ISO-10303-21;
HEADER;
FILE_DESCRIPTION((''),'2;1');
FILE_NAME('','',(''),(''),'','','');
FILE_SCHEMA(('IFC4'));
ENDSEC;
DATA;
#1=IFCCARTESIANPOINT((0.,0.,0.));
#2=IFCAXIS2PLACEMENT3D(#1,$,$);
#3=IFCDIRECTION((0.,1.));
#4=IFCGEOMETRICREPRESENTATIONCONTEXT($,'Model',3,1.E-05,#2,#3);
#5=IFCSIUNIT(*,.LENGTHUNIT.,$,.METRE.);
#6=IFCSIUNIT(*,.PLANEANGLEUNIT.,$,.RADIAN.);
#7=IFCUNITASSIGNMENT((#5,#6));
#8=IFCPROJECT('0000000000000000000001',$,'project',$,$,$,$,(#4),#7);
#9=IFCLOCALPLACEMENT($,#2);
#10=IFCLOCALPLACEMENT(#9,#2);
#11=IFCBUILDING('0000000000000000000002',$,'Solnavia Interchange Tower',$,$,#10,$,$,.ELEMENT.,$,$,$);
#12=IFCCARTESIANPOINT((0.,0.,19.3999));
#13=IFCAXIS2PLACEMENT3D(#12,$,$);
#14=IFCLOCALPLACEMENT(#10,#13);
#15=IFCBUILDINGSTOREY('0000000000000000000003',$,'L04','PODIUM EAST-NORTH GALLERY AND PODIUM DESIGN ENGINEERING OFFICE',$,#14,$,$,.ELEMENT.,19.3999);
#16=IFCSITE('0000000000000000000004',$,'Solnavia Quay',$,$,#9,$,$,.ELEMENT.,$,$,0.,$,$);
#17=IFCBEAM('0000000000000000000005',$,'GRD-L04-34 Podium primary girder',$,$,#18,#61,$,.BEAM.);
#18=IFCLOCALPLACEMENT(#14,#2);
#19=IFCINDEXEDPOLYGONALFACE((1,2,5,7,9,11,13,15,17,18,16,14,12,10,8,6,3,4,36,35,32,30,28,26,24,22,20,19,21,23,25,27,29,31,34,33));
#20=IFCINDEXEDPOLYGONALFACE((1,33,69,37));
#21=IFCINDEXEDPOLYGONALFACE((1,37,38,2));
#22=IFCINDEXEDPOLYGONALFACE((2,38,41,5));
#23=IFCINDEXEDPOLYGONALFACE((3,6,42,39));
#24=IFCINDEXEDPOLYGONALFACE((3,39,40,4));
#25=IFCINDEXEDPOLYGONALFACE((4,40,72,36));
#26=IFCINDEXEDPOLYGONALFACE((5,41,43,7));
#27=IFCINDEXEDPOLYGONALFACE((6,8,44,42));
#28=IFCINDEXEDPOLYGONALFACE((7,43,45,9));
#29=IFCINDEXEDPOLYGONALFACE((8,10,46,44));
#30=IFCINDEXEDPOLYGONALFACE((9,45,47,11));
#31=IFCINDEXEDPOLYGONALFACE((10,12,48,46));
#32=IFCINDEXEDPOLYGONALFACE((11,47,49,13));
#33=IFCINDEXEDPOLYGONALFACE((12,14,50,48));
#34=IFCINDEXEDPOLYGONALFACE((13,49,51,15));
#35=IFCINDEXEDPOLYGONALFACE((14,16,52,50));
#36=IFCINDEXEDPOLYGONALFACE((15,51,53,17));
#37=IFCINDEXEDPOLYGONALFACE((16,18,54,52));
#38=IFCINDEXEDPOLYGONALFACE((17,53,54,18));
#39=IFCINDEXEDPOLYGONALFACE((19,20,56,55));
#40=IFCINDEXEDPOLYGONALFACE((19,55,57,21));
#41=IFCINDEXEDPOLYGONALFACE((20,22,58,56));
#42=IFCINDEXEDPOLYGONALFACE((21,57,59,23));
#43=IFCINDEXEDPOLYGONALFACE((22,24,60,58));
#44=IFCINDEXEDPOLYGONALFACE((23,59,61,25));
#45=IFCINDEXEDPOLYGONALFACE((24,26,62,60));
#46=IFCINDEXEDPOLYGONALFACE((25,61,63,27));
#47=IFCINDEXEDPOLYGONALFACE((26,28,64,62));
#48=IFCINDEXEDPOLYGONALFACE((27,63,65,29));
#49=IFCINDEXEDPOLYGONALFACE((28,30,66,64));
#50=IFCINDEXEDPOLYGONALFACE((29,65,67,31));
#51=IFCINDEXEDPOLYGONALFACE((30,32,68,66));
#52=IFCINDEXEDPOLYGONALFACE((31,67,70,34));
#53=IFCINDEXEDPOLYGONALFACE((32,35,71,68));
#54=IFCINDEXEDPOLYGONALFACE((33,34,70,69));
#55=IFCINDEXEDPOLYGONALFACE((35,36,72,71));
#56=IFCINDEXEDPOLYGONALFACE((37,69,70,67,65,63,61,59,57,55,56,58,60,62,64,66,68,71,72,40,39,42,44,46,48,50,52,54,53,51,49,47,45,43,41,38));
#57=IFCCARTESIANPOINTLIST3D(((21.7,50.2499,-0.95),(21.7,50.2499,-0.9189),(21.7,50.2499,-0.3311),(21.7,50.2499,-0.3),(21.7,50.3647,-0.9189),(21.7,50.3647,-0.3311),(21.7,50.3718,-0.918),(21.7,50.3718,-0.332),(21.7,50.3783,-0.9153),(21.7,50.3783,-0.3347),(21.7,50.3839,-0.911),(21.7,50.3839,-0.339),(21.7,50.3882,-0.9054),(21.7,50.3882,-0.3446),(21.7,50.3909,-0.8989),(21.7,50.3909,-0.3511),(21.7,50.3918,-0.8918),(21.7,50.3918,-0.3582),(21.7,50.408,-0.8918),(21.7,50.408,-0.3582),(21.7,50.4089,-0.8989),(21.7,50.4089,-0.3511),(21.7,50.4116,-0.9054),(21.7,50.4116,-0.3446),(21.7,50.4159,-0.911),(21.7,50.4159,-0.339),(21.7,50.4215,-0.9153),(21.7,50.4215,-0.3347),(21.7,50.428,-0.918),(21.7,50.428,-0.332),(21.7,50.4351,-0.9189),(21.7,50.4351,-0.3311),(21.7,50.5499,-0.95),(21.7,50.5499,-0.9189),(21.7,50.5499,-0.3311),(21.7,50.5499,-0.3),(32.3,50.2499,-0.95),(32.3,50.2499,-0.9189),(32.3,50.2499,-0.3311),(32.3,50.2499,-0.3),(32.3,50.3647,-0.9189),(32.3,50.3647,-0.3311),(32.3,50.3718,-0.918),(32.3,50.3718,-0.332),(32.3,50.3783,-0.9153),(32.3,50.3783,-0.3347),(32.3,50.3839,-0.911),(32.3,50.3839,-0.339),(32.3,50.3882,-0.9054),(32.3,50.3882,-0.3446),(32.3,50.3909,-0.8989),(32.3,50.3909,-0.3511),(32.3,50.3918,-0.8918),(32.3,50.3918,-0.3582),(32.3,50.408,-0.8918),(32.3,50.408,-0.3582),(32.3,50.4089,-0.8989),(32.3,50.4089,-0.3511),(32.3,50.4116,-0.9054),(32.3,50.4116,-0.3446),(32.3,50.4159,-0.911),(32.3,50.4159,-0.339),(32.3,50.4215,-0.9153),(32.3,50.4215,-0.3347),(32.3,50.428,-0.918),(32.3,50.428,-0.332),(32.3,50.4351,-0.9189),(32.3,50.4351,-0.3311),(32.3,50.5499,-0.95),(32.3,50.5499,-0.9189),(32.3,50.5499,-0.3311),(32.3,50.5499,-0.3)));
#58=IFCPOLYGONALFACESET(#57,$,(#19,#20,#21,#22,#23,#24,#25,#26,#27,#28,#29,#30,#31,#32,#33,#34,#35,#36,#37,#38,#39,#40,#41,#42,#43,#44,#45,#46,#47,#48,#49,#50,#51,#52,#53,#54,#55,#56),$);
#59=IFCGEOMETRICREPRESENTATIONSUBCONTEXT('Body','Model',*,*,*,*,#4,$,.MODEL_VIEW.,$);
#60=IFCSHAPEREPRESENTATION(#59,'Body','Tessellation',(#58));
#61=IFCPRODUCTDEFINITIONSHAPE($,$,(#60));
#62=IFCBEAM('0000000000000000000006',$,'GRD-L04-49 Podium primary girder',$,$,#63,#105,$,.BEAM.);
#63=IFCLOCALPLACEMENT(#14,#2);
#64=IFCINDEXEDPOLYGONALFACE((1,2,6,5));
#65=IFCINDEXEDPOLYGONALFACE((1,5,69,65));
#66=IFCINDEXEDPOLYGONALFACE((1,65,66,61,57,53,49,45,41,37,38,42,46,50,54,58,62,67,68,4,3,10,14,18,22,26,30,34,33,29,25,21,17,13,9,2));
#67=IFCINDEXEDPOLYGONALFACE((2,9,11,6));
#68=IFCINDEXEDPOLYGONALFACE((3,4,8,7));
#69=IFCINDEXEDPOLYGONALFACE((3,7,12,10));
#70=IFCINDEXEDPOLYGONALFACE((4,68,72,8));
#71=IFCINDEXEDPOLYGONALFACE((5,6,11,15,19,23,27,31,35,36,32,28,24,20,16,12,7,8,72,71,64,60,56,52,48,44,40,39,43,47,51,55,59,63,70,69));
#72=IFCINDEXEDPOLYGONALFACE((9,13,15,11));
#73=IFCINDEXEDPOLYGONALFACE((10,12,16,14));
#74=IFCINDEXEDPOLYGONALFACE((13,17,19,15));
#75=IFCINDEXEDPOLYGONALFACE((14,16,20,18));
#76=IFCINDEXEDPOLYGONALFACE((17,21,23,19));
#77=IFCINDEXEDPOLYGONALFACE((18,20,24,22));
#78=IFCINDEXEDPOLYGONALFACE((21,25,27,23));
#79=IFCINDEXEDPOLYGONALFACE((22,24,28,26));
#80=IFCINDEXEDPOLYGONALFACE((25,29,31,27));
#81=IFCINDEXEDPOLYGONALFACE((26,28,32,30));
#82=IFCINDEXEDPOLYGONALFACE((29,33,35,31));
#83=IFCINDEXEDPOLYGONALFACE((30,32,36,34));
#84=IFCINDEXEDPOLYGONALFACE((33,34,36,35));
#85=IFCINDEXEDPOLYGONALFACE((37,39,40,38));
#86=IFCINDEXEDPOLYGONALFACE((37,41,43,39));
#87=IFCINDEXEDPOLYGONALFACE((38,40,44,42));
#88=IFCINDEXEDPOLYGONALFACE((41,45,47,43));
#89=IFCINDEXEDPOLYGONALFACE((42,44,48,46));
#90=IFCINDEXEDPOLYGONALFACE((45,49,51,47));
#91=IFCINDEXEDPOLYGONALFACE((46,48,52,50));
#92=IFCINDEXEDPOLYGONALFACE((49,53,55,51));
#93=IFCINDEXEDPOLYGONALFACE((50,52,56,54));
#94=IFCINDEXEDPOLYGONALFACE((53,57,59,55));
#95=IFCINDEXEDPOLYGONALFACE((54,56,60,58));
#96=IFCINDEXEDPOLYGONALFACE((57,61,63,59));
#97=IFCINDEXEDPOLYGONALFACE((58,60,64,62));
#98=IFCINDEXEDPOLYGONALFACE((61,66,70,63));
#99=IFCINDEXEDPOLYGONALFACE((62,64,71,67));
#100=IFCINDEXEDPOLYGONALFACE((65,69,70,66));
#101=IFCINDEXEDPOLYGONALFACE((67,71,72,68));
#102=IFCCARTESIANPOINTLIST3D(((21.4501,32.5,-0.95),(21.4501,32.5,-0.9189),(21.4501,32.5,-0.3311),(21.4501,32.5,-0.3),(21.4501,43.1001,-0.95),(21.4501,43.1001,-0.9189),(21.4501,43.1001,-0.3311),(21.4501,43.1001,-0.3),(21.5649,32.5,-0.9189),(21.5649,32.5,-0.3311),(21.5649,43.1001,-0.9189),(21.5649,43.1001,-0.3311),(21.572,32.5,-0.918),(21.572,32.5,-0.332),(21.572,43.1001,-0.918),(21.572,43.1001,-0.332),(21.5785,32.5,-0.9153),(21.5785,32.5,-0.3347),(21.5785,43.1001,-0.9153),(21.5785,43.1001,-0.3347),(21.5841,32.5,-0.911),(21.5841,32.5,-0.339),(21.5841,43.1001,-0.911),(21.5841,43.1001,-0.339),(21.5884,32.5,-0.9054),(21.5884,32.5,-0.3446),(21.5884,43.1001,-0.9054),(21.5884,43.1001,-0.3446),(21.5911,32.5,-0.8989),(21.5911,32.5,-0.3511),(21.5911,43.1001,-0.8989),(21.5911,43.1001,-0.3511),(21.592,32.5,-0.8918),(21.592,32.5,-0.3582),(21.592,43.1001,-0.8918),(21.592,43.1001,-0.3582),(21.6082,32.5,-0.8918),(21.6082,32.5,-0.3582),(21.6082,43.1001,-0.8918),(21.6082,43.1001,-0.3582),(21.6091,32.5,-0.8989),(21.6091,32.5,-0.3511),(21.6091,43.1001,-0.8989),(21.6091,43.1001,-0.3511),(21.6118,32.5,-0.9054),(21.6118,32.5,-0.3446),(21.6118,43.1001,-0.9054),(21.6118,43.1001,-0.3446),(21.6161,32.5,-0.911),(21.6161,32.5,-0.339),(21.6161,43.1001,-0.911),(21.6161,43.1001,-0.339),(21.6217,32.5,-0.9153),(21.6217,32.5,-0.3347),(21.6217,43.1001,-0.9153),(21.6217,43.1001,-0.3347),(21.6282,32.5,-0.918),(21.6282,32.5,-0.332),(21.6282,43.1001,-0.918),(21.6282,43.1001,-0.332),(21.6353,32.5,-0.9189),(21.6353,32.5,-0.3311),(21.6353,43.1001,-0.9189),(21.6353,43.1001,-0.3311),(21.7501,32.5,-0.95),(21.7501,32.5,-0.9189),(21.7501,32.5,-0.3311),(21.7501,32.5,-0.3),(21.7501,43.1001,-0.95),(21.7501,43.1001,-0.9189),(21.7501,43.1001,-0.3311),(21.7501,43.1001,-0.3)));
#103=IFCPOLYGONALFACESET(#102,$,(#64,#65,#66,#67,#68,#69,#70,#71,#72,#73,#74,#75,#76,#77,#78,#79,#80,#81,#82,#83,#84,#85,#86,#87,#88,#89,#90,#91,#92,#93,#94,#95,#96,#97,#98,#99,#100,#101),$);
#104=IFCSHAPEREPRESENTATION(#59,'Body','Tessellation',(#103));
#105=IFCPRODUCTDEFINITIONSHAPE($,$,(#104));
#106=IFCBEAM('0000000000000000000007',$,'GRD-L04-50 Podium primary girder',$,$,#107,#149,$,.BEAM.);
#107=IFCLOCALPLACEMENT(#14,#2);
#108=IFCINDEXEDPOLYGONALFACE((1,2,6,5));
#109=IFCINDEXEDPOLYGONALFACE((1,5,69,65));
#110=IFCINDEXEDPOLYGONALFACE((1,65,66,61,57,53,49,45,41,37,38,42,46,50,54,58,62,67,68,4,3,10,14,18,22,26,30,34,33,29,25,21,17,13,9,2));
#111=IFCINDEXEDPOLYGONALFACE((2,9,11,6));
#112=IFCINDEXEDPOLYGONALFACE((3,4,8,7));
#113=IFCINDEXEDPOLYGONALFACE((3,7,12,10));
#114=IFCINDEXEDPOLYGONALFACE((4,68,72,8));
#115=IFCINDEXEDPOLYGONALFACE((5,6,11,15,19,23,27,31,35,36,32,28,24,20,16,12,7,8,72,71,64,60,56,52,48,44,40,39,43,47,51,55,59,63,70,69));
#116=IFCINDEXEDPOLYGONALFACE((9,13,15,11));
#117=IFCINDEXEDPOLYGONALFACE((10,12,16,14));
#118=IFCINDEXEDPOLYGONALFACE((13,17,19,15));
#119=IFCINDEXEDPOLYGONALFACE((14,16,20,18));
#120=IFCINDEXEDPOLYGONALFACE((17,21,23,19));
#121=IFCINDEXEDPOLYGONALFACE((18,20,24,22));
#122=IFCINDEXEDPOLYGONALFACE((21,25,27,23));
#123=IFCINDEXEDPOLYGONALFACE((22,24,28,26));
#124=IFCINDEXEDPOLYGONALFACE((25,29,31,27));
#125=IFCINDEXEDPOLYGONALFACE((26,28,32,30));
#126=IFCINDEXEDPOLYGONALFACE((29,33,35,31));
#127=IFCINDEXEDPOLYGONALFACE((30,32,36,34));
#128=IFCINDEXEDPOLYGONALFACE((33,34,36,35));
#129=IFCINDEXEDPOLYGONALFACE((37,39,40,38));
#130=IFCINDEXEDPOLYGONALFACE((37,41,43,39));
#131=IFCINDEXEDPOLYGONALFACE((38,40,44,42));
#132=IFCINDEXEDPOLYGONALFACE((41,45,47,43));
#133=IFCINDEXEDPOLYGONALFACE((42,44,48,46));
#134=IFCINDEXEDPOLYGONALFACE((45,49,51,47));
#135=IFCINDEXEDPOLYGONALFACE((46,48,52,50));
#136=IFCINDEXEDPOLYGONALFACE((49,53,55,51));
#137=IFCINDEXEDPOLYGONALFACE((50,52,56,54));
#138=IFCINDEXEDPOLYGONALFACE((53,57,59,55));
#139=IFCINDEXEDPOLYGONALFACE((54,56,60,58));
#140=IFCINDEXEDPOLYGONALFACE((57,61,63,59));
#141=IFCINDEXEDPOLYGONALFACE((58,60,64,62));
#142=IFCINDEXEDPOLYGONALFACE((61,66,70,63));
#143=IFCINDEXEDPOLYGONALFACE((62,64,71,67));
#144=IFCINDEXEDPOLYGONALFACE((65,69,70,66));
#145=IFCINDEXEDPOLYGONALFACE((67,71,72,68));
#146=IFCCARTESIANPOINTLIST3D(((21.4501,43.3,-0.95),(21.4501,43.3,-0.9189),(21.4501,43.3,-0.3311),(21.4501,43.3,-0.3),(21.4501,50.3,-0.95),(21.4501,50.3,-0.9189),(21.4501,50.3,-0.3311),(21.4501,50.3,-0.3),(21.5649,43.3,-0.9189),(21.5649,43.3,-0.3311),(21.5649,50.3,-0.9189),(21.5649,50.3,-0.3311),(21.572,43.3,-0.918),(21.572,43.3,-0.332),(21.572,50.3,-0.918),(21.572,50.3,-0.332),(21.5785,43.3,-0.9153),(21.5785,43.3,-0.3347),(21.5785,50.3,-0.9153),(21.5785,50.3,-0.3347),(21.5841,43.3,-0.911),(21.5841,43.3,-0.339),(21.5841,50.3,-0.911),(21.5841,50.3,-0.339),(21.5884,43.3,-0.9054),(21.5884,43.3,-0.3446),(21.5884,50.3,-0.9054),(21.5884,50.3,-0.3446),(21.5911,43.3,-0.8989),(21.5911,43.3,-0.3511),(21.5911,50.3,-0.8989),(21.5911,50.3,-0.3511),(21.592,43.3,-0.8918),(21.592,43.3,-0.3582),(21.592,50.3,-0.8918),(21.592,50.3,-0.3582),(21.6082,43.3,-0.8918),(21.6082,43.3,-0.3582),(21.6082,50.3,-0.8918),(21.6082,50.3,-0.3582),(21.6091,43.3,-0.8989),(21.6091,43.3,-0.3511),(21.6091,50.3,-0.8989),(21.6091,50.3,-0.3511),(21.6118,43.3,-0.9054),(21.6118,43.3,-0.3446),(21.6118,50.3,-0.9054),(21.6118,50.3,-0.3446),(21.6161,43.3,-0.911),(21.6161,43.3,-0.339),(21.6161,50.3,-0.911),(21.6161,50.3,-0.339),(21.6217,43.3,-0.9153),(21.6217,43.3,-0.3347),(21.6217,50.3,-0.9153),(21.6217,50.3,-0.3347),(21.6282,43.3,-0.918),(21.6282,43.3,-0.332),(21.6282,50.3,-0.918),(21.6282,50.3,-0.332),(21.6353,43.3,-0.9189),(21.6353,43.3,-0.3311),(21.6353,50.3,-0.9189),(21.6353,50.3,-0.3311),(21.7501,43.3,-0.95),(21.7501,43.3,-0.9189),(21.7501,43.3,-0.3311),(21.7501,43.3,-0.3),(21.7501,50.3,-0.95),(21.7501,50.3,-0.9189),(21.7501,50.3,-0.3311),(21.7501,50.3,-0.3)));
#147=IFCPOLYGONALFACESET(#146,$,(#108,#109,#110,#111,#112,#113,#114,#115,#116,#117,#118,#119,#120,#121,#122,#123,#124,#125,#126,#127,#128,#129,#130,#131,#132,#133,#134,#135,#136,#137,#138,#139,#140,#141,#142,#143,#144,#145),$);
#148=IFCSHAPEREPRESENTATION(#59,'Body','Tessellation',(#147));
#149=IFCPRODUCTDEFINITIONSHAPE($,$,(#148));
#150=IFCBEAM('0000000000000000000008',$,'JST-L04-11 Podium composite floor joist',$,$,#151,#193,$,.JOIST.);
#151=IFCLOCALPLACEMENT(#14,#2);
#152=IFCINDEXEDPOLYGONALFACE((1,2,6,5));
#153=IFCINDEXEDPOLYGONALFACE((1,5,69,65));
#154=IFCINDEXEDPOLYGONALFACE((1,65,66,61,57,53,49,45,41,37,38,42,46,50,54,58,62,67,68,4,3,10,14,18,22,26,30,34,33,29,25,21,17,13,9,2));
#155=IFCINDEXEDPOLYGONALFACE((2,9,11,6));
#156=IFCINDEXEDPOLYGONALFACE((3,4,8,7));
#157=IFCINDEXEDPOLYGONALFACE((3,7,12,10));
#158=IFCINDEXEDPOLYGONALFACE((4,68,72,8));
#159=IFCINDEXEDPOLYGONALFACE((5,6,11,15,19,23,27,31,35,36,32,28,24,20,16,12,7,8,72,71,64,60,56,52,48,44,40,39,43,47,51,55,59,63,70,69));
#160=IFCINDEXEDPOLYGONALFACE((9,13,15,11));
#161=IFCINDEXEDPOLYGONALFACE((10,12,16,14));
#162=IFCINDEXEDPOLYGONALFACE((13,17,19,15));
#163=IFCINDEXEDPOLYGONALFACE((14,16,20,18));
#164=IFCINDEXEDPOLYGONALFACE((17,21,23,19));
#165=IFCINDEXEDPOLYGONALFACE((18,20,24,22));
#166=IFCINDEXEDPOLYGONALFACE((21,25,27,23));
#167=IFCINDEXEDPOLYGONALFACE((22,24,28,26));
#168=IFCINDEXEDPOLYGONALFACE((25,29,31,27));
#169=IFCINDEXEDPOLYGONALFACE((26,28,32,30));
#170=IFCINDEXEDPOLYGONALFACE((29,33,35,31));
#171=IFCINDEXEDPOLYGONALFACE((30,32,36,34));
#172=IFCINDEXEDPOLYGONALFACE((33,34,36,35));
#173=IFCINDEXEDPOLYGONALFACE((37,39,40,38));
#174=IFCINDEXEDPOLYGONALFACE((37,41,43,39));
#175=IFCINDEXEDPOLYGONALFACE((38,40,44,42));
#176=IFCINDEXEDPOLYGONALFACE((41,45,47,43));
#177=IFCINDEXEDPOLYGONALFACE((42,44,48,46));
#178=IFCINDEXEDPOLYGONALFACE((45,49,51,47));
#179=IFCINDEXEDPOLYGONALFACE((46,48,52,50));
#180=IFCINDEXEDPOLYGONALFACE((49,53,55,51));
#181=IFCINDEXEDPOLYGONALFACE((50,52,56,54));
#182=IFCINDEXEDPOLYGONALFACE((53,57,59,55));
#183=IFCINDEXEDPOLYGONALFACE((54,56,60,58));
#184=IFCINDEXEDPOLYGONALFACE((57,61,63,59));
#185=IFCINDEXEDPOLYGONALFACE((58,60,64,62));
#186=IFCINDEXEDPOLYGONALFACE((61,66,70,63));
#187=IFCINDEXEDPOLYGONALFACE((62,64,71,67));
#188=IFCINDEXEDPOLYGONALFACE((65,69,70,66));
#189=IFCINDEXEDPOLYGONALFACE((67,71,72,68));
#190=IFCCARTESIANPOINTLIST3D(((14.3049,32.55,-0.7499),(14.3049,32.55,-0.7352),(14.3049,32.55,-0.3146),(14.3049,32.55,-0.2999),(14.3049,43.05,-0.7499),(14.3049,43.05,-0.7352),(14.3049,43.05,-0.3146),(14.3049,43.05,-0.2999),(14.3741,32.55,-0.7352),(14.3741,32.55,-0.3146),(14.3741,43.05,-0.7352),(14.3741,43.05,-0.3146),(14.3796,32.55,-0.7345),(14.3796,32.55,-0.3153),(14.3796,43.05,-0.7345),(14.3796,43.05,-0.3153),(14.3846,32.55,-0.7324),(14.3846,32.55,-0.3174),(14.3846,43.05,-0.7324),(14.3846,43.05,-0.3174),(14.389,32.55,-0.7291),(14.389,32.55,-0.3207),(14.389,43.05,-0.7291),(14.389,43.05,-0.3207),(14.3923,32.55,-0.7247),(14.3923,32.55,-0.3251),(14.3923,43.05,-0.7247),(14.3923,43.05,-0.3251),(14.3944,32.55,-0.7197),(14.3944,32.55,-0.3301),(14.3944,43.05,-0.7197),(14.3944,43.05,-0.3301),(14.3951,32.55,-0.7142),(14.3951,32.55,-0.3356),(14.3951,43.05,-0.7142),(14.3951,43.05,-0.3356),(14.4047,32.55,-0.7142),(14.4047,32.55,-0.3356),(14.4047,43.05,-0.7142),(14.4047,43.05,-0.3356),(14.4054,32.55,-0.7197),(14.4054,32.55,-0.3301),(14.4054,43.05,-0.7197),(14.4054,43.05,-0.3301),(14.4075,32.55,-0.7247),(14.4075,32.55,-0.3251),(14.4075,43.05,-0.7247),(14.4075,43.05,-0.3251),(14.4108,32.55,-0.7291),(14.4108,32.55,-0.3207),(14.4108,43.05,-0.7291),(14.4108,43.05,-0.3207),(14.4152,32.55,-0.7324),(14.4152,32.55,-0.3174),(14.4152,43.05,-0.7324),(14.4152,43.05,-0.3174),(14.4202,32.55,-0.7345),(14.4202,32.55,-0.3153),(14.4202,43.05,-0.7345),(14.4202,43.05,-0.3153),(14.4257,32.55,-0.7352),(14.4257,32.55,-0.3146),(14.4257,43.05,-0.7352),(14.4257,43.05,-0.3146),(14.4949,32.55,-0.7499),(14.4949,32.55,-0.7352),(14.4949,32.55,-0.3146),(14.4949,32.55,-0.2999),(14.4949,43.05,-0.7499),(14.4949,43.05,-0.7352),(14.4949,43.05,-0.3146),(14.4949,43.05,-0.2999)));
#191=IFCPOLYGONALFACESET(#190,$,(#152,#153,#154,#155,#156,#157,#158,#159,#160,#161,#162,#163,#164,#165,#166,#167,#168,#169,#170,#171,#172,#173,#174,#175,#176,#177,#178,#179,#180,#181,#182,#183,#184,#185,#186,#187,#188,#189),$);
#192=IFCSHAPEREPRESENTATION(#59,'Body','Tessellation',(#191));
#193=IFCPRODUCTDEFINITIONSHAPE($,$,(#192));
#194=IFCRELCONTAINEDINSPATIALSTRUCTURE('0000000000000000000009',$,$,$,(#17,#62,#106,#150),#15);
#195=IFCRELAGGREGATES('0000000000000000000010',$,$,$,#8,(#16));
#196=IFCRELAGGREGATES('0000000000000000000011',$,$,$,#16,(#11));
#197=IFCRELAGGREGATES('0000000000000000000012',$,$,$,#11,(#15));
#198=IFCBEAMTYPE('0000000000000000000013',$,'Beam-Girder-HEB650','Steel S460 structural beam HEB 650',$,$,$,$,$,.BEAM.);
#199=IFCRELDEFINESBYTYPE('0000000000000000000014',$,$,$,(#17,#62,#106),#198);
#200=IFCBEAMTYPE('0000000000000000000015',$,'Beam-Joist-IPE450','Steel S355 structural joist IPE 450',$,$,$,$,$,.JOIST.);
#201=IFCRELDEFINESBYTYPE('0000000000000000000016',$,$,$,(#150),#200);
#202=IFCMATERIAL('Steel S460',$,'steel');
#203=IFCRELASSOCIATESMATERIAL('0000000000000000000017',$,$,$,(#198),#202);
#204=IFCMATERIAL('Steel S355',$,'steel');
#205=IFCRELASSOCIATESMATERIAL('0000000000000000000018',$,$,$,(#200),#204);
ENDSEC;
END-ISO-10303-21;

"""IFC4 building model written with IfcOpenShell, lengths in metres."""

from ifc_helpers import new_model, si_unit, direction, frame, origin, origin_2d, place, context, subcontext, project, spatial, i_section, extrude, material, material_profile, profile_set, type_object, element, save


model = new_model("IFC4")

# Units and contexts
model_context = context("Model", 3, precision=1e-05, world=origin(), true_north=direction((0.0, 1.0)))
body_context = subcontext(model_context, "Body", "Model", "MODEL_VIEW")
ifc_project = project(units=[si_unit("LENGTHUNIT", "METRE"), si_unit("PLANEANGLEUNIT", "RADIAN")], contexts=[model_context])

# Site, building, storey
site_placement = place(None, origin())
site = spatial("IfcSite", under=ifc_project, at=site_placement, Name="Solnavia Quay", CompositionType="ELEMENT", RefElevation=0.0)
building_placement = place(site_placement, origin())
building = spatial("IfcBuilding", under=site, at=building_placement, Name="Solnavia Interchange Tower", CompositionType="ELEMENT")
storey_placement = place(building_placement, frame((0.0, 0.0, 19.3999)))
storey = spatial("IfcBuildingStorey", under=building, at=storey_placement, Name="L04", Description="PODIUM EAST-NORTH GALLERY AND PODIUM DESIGN ENGINEERING OFFICE", CompositionType="ELEMENT", Elevation=19.3999)

# Beams
ifc_material_1 = material(Name="Steel S460", Category="steel")
ifc_material_profile_1 = material_profile(ifc_material_1, i_section(OverallWidth=0.3, OverallDepth=0.6499, WebThickness=0.0161, FlangeThickness=0.031, FilletRadius=0.0271, at=origin_2d()), Name="HEB 650")
ifc_profile_set_1 = profile_set([ifc_material_profile_1], Name="Steel S460")
beam_type_1 = type_object("IfcBeamType", Name="Beam-Girder-HEB650", Description="Steel S460 structural beam HEB 650", PredefinedType="BEAM", material=ifc_profile_set_1)
for number, where, z_axis, x_axis, name in (
    (1, (21.7, 50.3999, -0.625), (1.0, 0.0, 0.0), (0.0, 1.0, 0.0), "GRD-L04-34 Podium primary girder"),
    (2, (21.6001, 32.5, -0.625), (0.0, 1.0, 0.0), (-1.0, 0.0, 0.0), "GRD-L04-49 Podium primary girder"),
):
    element("IfcBeam", number, at=place(storey_placement, frame(where, z_axis=z_axis, x_axis=x_axis)), inside=storey, type_object=beam_type_1, Name=name, PredefinedType="BEAM", context=body_context, shape_type="SweptSolid", body=[
        extrude(i_section(OverallWidth=0.3, OverallDepth=0.6499, WebThickness=0.0161, FlangeThickness=0.031, FilletRadius=0.0271, at=origin_2d()), origin(), (0.0, 0.0, 1.0), 10.6001),
    ])
beam_1_placement = place(storey_placement, frame((21.6001, 43.3, -0.625), z_axis=(0.0, 1.0, 0.0), x_axis=(-1.0, 0.0, 0.0)))
element("IfcBeam", 3, at=beam_1_placement, inside=storey, type_object=beam_type_1, Name="GRD-L04-50 Podium primary girder", PredefinedType="BEAM", context=body_context, shape_type="SweptSolid", body=[
    extrude(i_section(OverallWidth=0.3, OverallDepth=0.6499, WebThickness=0.0161, FlangeThickness=0.031, FilletRadius=0.0271, at=origin_2d()), origin(), (0.0, 0.0, 1.0), 7.0),
])
ifc_material_2 = material(Name="Steel S355", Category="steel")
ifc_material_profile_2 = material_profile(ifc_material_2, i_section(OverallWidth=0.1899, OverallDepth=0.45, WebThickness=0.0095, FlangeThickness=0.0146, FilletRadius=0.021, at=origin_2d()), Name="IPE 450")
ifc_profile_set_2 = profile_set([ifc_material_profile_2], Name="Steel S355")
beam_type_2 = type_object("IfcBeamType", Name="Beam-Joist-IPE450", Description="Steel S355 structural joist IPE 450", PredefinedType="JOIST", material=ifc_profile_set_2)
beam_2_placement = place(storey_placement, frame((14.3999, 32.55, -0.5249), z_axis=(0.0, 1.0, 0.0), x_axis=(-1.0, 0.0, 0.0)))
element("IfcBeam", 4, at=beam_2_placement, inside=storey, type_object=beam_type_2, Name="JST-L04-11 Podium composite floor joist", PredefinedType="JOIST", context=body_context, shape_type="SweptSolid", body=[
    extrude(i_section(OverallWidth=0.1899, OverallDepth=0.45, WebThickness=0.0095, FlangeThickness=0.0146, FilletRadius=0.021, at=origin_2d()), origin(), (0.0, 0.0, 1.0), 10.5),
])

save(model, "model.ifc")
